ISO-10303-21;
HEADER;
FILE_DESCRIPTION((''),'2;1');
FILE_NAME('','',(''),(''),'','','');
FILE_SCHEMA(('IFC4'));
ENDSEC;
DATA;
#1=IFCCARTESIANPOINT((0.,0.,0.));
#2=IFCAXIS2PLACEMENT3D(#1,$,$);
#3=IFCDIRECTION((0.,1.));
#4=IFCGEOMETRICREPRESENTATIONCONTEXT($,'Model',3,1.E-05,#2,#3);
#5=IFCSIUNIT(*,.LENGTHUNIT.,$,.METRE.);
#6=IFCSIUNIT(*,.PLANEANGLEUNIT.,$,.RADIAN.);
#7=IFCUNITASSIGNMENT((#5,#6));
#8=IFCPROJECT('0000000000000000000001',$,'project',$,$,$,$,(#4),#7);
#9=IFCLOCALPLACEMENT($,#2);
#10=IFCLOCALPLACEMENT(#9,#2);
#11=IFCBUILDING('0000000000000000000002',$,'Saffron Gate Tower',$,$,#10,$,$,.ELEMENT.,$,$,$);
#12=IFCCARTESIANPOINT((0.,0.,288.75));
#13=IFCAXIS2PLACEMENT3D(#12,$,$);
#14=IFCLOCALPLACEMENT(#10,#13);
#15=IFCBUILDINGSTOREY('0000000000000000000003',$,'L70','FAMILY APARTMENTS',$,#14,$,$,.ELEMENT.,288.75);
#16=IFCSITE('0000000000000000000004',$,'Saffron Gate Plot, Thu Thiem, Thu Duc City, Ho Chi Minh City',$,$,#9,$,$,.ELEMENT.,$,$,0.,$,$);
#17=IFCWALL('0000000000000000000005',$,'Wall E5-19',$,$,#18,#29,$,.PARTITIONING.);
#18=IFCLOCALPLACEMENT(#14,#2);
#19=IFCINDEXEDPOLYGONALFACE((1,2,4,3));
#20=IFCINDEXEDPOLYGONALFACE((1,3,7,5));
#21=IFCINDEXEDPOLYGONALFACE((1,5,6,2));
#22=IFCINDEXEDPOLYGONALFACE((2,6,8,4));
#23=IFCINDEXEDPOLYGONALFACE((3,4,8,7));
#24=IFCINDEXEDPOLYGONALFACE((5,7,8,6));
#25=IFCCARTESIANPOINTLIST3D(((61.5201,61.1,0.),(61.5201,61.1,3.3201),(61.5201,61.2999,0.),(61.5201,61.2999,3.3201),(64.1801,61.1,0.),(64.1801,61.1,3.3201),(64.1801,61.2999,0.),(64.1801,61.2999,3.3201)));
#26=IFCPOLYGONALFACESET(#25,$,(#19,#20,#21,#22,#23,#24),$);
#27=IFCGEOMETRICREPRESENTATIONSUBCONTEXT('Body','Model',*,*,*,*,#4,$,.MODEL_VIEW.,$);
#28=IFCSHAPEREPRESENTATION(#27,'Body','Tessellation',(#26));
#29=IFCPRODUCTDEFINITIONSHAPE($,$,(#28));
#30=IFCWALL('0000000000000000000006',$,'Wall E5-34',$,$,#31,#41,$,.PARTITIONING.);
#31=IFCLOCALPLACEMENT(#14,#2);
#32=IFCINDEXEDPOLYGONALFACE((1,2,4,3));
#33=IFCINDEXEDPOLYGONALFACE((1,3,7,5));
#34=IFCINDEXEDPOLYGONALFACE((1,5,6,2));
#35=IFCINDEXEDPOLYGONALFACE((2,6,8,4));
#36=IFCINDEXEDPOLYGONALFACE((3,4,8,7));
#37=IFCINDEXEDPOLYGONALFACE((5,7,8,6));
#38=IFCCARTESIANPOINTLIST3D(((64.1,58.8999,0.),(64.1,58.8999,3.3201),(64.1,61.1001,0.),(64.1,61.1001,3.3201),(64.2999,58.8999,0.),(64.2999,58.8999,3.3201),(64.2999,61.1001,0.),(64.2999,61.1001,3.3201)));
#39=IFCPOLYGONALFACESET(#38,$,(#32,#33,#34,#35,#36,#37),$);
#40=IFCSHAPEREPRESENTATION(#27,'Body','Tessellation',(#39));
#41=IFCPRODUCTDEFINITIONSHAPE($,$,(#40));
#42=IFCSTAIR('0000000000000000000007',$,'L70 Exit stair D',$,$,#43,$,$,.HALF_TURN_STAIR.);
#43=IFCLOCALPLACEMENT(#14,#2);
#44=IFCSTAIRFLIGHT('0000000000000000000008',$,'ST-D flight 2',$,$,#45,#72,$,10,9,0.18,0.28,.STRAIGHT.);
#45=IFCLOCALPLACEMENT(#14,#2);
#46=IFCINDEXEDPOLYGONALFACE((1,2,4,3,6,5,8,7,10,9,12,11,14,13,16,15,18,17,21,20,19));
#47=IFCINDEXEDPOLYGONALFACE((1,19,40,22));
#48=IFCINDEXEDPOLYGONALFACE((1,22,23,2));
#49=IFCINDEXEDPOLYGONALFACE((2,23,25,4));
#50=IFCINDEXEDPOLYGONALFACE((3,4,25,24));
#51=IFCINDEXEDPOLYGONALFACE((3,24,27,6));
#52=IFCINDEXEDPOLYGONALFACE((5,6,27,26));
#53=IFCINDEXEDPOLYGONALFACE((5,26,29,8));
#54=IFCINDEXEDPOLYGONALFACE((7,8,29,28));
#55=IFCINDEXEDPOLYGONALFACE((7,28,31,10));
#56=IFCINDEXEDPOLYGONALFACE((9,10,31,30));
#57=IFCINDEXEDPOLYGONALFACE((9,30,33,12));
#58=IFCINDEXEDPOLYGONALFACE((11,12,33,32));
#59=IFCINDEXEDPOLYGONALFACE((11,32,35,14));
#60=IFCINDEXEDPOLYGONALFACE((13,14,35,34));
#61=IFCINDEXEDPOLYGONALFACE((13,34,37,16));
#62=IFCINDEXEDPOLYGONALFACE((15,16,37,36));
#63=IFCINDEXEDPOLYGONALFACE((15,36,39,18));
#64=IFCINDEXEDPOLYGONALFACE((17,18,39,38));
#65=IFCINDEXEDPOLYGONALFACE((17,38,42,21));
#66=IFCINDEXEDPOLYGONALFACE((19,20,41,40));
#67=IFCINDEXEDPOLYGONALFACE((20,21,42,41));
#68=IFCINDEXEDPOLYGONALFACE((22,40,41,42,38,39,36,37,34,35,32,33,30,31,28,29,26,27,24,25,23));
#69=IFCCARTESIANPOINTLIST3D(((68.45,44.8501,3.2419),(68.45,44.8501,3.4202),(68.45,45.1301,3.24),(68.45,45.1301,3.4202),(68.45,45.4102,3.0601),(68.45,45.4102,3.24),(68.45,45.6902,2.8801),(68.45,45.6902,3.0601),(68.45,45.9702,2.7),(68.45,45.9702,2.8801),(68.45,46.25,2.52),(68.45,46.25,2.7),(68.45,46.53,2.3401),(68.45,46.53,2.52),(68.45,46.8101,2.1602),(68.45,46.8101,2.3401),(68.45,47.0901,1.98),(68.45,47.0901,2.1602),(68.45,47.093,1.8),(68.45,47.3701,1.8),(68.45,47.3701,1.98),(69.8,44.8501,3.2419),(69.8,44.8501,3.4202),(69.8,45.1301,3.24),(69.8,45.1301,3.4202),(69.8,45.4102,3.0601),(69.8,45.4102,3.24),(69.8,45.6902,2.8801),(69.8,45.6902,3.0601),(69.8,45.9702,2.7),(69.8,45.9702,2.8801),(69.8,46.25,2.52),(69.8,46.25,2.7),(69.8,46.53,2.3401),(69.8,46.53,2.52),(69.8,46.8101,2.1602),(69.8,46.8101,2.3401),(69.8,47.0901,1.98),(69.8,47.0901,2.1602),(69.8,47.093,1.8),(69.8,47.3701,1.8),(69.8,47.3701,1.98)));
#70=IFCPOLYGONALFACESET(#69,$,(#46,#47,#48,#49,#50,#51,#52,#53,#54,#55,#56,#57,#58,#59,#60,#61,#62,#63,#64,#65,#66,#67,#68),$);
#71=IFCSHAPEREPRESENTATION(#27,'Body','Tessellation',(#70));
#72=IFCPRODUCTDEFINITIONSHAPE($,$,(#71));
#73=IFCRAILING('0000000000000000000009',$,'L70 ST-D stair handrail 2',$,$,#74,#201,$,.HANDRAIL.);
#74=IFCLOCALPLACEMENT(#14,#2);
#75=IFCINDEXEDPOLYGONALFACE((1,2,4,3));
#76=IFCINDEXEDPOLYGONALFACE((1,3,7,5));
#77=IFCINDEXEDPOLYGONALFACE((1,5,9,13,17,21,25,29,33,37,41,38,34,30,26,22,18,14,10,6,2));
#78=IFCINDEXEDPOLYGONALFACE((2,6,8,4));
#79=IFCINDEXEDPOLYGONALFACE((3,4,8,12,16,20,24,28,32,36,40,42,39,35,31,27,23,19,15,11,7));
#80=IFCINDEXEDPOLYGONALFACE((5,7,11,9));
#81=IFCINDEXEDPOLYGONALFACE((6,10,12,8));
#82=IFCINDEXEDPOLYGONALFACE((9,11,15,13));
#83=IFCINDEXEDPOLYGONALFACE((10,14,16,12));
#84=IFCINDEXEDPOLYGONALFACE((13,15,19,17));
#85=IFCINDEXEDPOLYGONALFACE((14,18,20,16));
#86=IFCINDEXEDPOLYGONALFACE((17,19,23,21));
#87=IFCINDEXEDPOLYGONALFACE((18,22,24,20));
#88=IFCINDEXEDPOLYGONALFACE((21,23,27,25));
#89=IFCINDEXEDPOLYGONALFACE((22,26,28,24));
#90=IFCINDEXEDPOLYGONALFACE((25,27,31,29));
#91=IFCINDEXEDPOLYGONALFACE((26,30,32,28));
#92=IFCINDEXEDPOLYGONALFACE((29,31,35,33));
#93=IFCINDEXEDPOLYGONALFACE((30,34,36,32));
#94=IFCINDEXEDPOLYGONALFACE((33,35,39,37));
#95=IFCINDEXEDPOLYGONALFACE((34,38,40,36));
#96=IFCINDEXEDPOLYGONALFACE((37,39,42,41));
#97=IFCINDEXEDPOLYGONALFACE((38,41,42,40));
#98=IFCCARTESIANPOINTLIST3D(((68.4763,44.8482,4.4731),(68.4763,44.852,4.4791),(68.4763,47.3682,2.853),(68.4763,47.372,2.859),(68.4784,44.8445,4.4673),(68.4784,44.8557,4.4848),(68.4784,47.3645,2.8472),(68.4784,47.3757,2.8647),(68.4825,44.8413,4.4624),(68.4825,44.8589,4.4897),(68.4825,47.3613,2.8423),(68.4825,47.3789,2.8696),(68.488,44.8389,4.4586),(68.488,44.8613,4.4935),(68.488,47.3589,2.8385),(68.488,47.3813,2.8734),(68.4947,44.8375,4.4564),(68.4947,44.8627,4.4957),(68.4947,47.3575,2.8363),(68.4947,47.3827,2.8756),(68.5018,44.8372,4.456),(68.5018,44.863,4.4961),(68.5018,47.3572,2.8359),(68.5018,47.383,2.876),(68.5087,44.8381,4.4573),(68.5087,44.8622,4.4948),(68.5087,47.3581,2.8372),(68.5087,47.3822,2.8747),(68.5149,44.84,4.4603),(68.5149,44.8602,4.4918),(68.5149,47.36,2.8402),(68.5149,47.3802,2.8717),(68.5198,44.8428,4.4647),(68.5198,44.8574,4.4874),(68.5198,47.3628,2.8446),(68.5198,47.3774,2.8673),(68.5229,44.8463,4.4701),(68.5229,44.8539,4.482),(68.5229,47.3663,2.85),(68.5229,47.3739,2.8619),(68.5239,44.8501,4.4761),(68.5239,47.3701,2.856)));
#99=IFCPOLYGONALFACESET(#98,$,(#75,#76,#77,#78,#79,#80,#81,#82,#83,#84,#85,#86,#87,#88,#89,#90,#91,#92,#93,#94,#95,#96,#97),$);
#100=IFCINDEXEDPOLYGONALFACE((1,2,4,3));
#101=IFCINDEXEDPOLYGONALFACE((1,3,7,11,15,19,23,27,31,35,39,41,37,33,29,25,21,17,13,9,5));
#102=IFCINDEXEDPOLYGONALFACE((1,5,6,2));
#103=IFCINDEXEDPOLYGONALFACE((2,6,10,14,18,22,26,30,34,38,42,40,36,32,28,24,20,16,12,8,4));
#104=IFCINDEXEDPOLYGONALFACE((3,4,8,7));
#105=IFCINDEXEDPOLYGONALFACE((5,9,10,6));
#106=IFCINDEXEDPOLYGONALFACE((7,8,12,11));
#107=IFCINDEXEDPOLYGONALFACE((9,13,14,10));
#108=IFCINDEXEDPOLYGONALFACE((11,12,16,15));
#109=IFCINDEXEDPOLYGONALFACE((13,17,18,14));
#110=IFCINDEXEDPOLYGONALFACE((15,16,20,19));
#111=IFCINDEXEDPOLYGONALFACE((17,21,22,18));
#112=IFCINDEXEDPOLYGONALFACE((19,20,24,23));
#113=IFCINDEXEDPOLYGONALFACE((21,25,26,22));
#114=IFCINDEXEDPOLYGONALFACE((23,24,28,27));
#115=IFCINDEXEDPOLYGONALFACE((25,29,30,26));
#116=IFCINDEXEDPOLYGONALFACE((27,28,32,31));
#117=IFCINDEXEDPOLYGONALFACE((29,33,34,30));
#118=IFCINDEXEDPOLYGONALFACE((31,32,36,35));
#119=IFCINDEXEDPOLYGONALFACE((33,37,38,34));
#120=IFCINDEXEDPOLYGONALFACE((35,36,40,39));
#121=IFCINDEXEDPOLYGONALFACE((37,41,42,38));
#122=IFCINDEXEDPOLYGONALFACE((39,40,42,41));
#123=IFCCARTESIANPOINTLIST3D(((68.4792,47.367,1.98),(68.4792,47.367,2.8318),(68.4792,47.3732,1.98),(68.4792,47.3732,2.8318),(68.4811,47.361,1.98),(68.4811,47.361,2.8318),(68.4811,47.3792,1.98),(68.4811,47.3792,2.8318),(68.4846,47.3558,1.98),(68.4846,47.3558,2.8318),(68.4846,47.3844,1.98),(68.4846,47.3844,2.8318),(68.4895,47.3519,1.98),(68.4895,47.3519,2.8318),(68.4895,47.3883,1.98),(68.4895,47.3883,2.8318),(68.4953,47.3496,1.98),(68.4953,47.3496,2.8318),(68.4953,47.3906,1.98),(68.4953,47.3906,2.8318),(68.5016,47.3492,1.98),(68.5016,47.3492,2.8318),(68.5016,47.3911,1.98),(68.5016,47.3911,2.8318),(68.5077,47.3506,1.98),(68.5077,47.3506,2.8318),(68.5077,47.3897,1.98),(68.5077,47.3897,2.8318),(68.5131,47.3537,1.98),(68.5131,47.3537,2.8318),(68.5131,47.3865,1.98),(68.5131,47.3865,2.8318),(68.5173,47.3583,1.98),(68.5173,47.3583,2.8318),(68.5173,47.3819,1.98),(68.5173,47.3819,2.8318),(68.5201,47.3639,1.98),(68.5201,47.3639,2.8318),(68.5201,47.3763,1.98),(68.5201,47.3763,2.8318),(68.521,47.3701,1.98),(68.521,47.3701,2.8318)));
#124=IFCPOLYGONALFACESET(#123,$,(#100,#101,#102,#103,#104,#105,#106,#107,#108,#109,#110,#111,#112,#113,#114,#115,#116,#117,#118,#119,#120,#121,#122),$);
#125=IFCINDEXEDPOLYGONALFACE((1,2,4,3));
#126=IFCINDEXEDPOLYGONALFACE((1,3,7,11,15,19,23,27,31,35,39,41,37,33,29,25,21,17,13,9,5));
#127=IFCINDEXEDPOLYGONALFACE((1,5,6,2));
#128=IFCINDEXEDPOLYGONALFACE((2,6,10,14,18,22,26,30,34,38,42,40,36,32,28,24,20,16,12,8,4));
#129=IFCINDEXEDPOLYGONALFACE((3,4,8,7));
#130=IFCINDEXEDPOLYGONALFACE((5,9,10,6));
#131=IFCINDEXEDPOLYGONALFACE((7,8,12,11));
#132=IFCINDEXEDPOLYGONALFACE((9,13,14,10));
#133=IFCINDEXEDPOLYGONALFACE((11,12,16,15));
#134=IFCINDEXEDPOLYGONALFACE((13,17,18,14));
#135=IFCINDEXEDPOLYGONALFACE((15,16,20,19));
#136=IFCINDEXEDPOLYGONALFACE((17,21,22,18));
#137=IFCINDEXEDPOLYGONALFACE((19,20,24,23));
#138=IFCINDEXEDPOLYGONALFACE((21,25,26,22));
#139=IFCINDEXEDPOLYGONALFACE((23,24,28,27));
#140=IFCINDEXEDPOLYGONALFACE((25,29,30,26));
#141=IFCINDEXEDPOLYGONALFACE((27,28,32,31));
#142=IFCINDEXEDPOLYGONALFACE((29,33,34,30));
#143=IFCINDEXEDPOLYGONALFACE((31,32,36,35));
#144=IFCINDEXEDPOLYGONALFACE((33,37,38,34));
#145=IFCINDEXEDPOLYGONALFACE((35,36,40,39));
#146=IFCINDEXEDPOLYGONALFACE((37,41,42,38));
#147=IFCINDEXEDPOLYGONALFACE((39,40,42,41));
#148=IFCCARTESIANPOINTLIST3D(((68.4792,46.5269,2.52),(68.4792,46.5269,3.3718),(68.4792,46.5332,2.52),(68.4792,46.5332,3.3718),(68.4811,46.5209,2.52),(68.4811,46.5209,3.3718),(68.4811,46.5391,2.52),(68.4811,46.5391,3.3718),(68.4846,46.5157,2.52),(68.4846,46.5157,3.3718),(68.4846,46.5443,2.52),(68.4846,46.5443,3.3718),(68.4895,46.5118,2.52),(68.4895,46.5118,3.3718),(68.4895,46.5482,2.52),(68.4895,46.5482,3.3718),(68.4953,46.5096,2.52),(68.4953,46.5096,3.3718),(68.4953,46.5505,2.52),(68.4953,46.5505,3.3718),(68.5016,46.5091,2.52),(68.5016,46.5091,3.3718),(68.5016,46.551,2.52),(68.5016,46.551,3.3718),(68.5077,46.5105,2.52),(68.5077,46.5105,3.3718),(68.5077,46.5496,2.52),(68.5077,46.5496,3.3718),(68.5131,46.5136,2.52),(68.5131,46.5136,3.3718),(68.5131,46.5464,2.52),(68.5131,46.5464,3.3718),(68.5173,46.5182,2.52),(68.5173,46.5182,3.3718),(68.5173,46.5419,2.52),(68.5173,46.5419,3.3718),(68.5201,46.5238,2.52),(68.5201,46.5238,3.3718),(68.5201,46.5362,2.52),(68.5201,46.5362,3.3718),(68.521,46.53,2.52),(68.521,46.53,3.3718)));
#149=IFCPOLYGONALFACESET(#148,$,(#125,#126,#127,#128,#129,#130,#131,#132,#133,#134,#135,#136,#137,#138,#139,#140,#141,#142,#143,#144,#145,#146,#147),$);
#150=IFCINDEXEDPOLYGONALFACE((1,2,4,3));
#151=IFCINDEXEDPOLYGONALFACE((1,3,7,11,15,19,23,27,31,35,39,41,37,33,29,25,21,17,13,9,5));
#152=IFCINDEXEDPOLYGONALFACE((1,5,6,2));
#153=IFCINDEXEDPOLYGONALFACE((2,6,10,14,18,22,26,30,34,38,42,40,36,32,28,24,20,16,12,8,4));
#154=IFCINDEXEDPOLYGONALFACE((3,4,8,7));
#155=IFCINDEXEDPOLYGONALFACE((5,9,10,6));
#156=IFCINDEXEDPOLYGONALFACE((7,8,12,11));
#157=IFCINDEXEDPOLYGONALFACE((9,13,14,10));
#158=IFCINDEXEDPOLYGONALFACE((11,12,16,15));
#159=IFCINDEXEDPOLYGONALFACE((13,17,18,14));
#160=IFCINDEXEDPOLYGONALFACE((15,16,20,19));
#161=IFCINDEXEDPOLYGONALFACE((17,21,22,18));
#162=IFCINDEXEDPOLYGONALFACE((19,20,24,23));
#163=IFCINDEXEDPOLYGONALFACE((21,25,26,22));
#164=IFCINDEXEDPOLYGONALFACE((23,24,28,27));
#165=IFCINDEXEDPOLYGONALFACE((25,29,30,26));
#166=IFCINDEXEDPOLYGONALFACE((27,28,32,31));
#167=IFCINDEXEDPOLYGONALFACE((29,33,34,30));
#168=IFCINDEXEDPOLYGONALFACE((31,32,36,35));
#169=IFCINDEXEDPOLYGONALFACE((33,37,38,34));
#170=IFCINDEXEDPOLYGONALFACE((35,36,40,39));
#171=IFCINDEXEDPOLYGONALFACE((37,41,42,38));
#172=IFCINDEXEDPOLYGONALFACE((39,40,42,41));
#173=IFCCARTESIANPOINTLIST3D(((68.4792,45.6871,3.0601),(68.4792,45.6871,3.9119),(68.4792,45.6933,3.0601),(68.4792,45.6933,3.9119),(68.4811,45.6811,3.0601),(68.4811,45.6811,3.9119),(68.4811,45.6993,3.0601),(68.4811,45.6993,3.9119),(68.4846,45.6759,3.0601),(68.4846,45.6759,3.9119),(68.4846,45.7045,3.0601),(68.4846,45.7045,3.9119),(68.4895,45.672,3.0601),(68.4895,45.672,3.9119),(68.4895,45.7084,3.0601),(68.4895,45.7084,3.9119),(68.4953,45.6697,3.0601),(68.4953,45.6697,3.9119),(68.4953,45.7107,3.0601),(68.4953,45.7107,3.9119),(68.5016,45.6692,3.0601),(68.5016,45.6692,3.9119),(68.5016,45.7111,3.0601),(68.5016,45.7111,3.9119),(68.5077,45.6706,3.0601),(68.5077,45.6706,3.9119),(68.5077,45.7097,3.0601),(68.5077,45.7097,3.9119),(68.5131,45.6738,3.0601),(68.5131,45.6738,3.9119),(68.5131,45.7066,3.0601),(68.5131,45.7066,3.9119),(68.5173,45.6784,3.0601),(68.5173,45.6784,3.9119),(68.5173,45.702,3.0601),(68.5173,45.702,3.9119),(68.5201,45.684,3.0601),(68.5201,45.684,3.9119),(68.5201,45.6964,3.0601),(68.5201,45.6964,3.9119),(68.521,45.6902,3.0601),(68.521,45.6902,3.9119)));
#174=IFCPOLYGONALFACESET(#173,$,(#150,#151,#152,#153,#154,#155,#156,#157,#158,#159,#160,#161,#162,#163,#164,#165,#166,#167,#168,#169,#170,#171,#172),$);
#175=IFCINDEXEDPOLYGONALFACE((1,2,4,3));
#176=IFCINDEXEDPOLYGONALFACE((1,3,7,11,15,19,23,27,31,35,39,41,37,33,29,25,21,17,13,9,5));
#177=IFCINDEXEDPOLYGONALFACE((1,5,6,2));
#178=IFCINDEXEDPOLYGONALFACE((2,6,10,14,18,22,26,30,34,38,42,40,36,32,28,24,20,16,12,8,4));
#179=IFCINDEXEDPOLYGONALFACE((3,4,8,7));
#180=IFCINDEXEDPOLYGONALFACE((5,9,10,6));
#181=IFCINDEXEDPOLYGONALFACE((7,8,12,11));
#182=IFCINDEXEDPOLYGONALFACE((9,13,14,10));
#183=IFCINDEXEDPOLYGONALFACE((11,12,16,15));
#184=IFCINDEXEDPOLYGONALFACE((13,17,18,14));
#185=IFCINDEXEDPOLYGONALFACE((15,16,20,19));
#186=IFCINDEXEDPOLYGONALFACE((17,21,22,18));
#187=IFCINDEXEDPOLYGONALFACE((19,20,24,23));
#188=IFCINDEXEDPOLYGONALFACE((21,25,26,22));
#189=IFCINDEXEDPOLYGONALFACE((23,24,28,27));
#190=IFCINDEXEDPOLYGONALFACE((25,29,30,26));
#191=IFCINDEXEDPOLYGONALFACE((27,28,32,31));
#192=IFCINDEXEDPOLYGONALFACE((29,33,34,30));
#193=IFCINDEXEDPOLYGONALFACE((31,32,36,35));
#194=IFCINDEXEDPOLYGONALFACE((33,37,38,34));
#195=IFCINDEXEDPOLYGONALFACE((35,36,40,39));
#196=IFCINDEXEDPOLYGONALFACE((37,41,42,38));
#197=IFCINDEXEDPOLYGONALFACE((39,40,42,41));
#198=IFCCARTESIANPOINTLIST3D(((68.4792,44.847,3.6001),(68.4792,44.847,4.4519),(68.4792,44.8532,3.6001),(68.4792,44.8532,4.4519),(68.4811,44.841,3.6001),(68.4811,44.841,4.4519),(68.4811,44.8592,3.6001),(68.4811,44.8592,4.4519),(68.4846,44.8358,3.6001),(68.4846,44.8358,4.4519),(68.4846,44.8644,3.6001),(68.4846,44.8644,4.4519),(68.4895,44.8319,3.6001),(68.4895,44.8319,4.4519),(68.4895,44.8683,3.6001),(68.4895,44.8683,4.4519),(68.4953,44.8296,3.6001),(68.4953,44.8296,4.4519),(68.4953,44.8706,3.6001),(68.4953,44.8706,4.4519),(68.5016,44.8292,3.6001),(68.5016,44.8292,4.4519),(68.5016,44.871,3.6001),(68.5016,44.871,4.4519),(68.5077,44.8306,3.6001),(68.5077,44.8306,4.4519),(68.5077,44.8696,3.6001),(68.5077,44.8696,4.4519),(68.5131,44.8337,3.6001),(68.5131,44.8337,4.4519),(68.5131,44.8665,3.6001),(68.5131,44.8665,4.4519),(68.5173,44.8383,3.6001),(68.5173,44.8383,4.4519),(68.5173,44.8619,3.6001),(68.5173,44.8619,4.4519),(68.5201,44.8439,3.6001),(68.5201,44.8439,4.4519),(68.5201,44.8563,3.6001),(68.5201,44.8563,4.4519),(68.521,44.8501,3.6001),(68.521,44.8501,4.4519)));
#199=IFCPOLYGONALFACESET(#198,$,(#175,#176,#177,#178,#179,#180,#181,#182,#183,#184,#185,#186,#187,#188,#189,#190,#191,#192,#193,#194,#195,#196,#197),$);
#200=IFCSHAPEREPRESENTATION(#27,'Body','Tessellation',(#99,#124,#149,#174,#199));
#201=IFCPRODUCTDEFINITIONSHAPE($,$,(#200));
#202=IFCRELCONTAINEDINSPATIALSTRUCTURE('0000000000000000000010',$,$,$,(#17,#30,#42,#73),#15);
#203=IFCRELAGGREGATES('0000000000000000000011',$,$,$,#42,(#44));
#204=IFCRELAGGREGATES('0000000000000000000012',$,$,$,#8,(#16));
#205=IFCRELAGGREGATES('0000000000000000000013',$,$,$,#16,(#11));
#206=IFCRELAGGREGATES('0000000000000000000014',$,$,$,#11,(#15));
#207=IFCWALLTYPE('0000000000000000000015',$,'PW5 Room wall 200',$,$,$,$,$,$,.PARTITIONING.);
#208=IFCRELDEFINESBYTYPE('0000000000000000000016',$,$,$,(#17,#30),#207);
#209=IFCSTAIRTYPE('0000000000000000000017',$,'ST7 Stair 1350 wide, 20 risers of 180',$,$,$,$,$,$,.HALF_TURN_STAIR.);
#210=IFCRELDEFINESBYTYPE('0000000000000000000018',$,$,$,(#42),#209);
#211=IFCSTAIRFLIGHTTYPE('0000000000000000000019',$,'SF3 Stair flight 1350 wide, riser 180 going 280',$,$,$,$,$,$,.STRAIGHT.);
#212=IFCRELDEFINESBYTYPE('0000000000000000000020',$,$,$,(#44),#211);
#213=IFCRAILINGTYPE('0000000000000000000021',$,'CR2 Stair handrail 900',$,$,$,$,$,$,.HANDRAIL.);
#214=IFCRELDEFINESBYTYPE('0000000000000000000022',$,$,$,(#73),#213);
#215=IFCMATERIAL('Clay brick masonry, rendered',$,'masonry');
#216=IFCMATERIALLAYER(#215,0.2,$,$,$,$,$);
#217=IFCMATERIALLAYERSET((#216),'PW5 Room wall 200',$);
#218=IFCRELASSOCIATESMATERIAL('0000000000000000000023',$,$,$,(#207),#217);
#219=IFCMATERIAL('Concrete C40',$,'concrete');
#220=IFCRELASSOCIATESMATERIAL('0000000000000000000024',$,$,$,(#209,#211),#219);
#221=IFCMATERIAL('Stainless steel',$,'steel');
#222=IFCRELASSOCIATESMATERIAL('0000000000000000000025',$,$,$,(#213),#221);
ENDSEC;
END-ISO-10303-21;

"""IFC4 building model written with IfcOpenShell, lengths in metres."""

from ifc_helpers import new_model, si_unit, direction, frame, frame_2d, origin, origin_2d, place, context, subcontext, project, spatial, polyline, rectangle, circle, outline, extrude, material, layer, layer_set, type_object, element, aggregate, save


model = new_model("IFC4")

# Units and contexts
model_context = context("Model", 3, precision=1e-05, world=origin(), true_north=direction((0.0, 1.0)))
body_context = subcontext(model_context, "Body", "Model", "MODEL_VIEW")
ifc_project = project(units=[si_unit("LENGTHUNIT", "METRE"), si_unit("PLANEANGLEUNIT", "RADIAN")], contexts=[model_context])

# Site, building, storey
site_placement = place(None, origin())
site = spatial("IfcSite", under=ifc_project, at=site_placement, Name="Saffron Gate Plot, Thu Thiem, Thu Duc City, Ho Chi Minh City", CompositionType="ELEMENT", RefElevation=0.0)
building_placement = place(site_placement, origin())
building = spatial("IfcBuilding", under=site, at=building_placement, Name="Saffron Gate Tower", CompositionType="ELEMENT")
storey_placement = place(building_placement, frame((0.0, 0.0, 288.75)))
storey = spatial("IfcBuildingStorey", under=building, at=storey_placement, Name="L70", Description="FAMILY APARTMENTS", CompositionType="ELEMENT", Elevation=288.75)

# Shared definitions
ifc_material_1 = material(Name="Concrete C40", Category="concrete")

# Shared definitions
ifc_material_2 = material(Name="Clay brick masonry, rendered", Category="masonry")

# Walls
ifc_layer_1 = layer(ifc_material_2, 0.2)
ifc_layer_set_1 = layer_set([ifc_layer_1], Name="PW5 Room wall 200")
wall_type_1 = type_object("IfcWallType", Name="PW5 Room wall 200", PredefinedType="PARTITIONING", material=ifc_layer_set_1)
wall_1_placement = place(storey_placement, frame((61.52, 61.2, 0.0), z_axis=(0.0, 0.0, 1.0), x_axis=(1.0, 0.0, 0.0)))
element("IfcWall", 1, at=wall_1_placement, inside=storey, type_object=wall_type_1, Name="Wall E5-19", PredefinedType="PARTITIONING", context=body_context, shape_type="SweptSolid", body=[
    extrude(rectangle(XDim=2.6599, YDim=0.2, at=frame_2d((1.3301, 0.0))), origin(), (0.0, 0.0, 1.0), 3.3201),
])
wall_2_placement = place(storey_placement, frame((64.2, 61.1001, 0.0), z_axis=(0.0, 0.0, 1.0), x_axis=(0.0, -1.0, 0.0)))
element("IfcWall", 2, at=wall_2_placement, inside=storey, type_object=wall_type_1, Name="Wall E5-34", PredefinedType="PARTITIONING", context=body_context, shape_type="SweptSolid", body=[
    extrude(rectangle(XDim=2.2002, YDim=0.2, at=frame_2d((1.1001, 0.0))), origin(), (0.0, 0.0, 1.0), 3.3201),
])

# Stair, stair flight
stair_type = type_object("IfcStairType", Name="ST7 Stair 1350 wide, 20 risers of 180", PredefinedType="HALF_TURN_STAIR", material=ifc_material_1)
stair_placement = place(storey_placement, origin())
stair = element("IfcStair", 3, at=stair_placement, inside=storey, type_object=stair_type, Name="L70 Exit stair D", PredefinedType="HALF_TURN_STAIR")
stair_flight_type = type_object("IfcStairFlightType", Name="SF3 Stair flight 1350 wide, riser 180 going 280", PredefinedType="STRAIGHT", material=ifc_material_1)
stair_flight_placement = place(storey_placement, frame((69.125, 47.3701, 1.8), z_axis=(0.0, 0.0, 1.0), x_axis=(0.0, -1.0, 0.0)))
stair_flight = element("IfcStairFlight", 4, at=stair_flight_placement, type_object=stair_flight_type, Name="ST-D flight 2", NumberOfRisers=10, NumberOfTreads=9, PredefinedType="STRAIGHT", RiserHeight=0.18, TreadLength=0.28, context=body_context, shape_type="SweptSolid", body=[
    extrude(outline(polyline([(0.0, 0.0), (0.0, 0.1799), (0.28, 0.1799), (0.28, 0.3601), (0.5601, 0.3601), (0.5601, 0.54), (0.8401, 0.54), (0.8401, 0.72), (1.1201, 0.72), (1.1201, 0.8999), (1.3999, 0.8999), (1.3999, 1.0801), (1.6799, 1.0801), (1.6799, 1.26), (1.96, 1.26), (1.96, 1.4399), (2.24, 1.4399), (2.24, 1.6201), (2.52, 1.6201), (2.52, 1.8), (2.52, 1.4419), (0.2771, 0.0), (0.0, 0.0)])), frame((0.0, 0.675, 0.0), z_axis=(0.0, -1.0, 0.0), x_axis=(1.0, 0.0, 0.0)), (0.0, 0.0, 1.0), 1.3501),
])
aggregate(stair, [stair_flight])

# Railing
ifc_material_3 = material(Name="Stainless steel", Category="steel")
railing_type_1 = type_object("IfcRailingType", Name="CR2 Stair handrail 900", PredefinedType="HANDRAIL", material=ifc_material_3)
railing_1_placement = place(storey_placement, frame((68.5, 47.3701, 1.98)))
element("IfcRailing", 5, at=railing_1_placement, inside=storey, type_object=railing_type_1, Name="L70 ST-D stair handrail 2", PredefinedType="HANDRAIL", context=body_context, shape_type="SweptSolid", body=[
    extrude(circle(Radius=0.0239, at=origin_2d()), frame((0.0, 0.0, 0.876), z_axis=(0.0, -0.841163, 0.540782), x_axis=(1.0, 0.0, 0.0)), (0.0, 0.0, 1.0), 2.9958),
    extrude(circle(Radius=0.021, at=origin_2d()), origin(), (0.0, 0.0, 1.0), 0.8518),
    extrude(circle(Radius=0.021, at=origin_2d()), frame((0.0, -0.8401, 0.54)), (0.0, 0.0, 1.0), 0.8518),
    extrude(circle(Radius=0.021, at=origin_2d()), frame((0.0, -1.6799, 1.0801)), (0.0, 0.0, 1.0), 0.8518),
    extrude(circle(Radius=0.021, at=origin_2d()), frame((0.0, -2.52, 1.6201)), (0.0, 0.0, 1.0), 0.8518),
])

save(model, "model.ifc")
